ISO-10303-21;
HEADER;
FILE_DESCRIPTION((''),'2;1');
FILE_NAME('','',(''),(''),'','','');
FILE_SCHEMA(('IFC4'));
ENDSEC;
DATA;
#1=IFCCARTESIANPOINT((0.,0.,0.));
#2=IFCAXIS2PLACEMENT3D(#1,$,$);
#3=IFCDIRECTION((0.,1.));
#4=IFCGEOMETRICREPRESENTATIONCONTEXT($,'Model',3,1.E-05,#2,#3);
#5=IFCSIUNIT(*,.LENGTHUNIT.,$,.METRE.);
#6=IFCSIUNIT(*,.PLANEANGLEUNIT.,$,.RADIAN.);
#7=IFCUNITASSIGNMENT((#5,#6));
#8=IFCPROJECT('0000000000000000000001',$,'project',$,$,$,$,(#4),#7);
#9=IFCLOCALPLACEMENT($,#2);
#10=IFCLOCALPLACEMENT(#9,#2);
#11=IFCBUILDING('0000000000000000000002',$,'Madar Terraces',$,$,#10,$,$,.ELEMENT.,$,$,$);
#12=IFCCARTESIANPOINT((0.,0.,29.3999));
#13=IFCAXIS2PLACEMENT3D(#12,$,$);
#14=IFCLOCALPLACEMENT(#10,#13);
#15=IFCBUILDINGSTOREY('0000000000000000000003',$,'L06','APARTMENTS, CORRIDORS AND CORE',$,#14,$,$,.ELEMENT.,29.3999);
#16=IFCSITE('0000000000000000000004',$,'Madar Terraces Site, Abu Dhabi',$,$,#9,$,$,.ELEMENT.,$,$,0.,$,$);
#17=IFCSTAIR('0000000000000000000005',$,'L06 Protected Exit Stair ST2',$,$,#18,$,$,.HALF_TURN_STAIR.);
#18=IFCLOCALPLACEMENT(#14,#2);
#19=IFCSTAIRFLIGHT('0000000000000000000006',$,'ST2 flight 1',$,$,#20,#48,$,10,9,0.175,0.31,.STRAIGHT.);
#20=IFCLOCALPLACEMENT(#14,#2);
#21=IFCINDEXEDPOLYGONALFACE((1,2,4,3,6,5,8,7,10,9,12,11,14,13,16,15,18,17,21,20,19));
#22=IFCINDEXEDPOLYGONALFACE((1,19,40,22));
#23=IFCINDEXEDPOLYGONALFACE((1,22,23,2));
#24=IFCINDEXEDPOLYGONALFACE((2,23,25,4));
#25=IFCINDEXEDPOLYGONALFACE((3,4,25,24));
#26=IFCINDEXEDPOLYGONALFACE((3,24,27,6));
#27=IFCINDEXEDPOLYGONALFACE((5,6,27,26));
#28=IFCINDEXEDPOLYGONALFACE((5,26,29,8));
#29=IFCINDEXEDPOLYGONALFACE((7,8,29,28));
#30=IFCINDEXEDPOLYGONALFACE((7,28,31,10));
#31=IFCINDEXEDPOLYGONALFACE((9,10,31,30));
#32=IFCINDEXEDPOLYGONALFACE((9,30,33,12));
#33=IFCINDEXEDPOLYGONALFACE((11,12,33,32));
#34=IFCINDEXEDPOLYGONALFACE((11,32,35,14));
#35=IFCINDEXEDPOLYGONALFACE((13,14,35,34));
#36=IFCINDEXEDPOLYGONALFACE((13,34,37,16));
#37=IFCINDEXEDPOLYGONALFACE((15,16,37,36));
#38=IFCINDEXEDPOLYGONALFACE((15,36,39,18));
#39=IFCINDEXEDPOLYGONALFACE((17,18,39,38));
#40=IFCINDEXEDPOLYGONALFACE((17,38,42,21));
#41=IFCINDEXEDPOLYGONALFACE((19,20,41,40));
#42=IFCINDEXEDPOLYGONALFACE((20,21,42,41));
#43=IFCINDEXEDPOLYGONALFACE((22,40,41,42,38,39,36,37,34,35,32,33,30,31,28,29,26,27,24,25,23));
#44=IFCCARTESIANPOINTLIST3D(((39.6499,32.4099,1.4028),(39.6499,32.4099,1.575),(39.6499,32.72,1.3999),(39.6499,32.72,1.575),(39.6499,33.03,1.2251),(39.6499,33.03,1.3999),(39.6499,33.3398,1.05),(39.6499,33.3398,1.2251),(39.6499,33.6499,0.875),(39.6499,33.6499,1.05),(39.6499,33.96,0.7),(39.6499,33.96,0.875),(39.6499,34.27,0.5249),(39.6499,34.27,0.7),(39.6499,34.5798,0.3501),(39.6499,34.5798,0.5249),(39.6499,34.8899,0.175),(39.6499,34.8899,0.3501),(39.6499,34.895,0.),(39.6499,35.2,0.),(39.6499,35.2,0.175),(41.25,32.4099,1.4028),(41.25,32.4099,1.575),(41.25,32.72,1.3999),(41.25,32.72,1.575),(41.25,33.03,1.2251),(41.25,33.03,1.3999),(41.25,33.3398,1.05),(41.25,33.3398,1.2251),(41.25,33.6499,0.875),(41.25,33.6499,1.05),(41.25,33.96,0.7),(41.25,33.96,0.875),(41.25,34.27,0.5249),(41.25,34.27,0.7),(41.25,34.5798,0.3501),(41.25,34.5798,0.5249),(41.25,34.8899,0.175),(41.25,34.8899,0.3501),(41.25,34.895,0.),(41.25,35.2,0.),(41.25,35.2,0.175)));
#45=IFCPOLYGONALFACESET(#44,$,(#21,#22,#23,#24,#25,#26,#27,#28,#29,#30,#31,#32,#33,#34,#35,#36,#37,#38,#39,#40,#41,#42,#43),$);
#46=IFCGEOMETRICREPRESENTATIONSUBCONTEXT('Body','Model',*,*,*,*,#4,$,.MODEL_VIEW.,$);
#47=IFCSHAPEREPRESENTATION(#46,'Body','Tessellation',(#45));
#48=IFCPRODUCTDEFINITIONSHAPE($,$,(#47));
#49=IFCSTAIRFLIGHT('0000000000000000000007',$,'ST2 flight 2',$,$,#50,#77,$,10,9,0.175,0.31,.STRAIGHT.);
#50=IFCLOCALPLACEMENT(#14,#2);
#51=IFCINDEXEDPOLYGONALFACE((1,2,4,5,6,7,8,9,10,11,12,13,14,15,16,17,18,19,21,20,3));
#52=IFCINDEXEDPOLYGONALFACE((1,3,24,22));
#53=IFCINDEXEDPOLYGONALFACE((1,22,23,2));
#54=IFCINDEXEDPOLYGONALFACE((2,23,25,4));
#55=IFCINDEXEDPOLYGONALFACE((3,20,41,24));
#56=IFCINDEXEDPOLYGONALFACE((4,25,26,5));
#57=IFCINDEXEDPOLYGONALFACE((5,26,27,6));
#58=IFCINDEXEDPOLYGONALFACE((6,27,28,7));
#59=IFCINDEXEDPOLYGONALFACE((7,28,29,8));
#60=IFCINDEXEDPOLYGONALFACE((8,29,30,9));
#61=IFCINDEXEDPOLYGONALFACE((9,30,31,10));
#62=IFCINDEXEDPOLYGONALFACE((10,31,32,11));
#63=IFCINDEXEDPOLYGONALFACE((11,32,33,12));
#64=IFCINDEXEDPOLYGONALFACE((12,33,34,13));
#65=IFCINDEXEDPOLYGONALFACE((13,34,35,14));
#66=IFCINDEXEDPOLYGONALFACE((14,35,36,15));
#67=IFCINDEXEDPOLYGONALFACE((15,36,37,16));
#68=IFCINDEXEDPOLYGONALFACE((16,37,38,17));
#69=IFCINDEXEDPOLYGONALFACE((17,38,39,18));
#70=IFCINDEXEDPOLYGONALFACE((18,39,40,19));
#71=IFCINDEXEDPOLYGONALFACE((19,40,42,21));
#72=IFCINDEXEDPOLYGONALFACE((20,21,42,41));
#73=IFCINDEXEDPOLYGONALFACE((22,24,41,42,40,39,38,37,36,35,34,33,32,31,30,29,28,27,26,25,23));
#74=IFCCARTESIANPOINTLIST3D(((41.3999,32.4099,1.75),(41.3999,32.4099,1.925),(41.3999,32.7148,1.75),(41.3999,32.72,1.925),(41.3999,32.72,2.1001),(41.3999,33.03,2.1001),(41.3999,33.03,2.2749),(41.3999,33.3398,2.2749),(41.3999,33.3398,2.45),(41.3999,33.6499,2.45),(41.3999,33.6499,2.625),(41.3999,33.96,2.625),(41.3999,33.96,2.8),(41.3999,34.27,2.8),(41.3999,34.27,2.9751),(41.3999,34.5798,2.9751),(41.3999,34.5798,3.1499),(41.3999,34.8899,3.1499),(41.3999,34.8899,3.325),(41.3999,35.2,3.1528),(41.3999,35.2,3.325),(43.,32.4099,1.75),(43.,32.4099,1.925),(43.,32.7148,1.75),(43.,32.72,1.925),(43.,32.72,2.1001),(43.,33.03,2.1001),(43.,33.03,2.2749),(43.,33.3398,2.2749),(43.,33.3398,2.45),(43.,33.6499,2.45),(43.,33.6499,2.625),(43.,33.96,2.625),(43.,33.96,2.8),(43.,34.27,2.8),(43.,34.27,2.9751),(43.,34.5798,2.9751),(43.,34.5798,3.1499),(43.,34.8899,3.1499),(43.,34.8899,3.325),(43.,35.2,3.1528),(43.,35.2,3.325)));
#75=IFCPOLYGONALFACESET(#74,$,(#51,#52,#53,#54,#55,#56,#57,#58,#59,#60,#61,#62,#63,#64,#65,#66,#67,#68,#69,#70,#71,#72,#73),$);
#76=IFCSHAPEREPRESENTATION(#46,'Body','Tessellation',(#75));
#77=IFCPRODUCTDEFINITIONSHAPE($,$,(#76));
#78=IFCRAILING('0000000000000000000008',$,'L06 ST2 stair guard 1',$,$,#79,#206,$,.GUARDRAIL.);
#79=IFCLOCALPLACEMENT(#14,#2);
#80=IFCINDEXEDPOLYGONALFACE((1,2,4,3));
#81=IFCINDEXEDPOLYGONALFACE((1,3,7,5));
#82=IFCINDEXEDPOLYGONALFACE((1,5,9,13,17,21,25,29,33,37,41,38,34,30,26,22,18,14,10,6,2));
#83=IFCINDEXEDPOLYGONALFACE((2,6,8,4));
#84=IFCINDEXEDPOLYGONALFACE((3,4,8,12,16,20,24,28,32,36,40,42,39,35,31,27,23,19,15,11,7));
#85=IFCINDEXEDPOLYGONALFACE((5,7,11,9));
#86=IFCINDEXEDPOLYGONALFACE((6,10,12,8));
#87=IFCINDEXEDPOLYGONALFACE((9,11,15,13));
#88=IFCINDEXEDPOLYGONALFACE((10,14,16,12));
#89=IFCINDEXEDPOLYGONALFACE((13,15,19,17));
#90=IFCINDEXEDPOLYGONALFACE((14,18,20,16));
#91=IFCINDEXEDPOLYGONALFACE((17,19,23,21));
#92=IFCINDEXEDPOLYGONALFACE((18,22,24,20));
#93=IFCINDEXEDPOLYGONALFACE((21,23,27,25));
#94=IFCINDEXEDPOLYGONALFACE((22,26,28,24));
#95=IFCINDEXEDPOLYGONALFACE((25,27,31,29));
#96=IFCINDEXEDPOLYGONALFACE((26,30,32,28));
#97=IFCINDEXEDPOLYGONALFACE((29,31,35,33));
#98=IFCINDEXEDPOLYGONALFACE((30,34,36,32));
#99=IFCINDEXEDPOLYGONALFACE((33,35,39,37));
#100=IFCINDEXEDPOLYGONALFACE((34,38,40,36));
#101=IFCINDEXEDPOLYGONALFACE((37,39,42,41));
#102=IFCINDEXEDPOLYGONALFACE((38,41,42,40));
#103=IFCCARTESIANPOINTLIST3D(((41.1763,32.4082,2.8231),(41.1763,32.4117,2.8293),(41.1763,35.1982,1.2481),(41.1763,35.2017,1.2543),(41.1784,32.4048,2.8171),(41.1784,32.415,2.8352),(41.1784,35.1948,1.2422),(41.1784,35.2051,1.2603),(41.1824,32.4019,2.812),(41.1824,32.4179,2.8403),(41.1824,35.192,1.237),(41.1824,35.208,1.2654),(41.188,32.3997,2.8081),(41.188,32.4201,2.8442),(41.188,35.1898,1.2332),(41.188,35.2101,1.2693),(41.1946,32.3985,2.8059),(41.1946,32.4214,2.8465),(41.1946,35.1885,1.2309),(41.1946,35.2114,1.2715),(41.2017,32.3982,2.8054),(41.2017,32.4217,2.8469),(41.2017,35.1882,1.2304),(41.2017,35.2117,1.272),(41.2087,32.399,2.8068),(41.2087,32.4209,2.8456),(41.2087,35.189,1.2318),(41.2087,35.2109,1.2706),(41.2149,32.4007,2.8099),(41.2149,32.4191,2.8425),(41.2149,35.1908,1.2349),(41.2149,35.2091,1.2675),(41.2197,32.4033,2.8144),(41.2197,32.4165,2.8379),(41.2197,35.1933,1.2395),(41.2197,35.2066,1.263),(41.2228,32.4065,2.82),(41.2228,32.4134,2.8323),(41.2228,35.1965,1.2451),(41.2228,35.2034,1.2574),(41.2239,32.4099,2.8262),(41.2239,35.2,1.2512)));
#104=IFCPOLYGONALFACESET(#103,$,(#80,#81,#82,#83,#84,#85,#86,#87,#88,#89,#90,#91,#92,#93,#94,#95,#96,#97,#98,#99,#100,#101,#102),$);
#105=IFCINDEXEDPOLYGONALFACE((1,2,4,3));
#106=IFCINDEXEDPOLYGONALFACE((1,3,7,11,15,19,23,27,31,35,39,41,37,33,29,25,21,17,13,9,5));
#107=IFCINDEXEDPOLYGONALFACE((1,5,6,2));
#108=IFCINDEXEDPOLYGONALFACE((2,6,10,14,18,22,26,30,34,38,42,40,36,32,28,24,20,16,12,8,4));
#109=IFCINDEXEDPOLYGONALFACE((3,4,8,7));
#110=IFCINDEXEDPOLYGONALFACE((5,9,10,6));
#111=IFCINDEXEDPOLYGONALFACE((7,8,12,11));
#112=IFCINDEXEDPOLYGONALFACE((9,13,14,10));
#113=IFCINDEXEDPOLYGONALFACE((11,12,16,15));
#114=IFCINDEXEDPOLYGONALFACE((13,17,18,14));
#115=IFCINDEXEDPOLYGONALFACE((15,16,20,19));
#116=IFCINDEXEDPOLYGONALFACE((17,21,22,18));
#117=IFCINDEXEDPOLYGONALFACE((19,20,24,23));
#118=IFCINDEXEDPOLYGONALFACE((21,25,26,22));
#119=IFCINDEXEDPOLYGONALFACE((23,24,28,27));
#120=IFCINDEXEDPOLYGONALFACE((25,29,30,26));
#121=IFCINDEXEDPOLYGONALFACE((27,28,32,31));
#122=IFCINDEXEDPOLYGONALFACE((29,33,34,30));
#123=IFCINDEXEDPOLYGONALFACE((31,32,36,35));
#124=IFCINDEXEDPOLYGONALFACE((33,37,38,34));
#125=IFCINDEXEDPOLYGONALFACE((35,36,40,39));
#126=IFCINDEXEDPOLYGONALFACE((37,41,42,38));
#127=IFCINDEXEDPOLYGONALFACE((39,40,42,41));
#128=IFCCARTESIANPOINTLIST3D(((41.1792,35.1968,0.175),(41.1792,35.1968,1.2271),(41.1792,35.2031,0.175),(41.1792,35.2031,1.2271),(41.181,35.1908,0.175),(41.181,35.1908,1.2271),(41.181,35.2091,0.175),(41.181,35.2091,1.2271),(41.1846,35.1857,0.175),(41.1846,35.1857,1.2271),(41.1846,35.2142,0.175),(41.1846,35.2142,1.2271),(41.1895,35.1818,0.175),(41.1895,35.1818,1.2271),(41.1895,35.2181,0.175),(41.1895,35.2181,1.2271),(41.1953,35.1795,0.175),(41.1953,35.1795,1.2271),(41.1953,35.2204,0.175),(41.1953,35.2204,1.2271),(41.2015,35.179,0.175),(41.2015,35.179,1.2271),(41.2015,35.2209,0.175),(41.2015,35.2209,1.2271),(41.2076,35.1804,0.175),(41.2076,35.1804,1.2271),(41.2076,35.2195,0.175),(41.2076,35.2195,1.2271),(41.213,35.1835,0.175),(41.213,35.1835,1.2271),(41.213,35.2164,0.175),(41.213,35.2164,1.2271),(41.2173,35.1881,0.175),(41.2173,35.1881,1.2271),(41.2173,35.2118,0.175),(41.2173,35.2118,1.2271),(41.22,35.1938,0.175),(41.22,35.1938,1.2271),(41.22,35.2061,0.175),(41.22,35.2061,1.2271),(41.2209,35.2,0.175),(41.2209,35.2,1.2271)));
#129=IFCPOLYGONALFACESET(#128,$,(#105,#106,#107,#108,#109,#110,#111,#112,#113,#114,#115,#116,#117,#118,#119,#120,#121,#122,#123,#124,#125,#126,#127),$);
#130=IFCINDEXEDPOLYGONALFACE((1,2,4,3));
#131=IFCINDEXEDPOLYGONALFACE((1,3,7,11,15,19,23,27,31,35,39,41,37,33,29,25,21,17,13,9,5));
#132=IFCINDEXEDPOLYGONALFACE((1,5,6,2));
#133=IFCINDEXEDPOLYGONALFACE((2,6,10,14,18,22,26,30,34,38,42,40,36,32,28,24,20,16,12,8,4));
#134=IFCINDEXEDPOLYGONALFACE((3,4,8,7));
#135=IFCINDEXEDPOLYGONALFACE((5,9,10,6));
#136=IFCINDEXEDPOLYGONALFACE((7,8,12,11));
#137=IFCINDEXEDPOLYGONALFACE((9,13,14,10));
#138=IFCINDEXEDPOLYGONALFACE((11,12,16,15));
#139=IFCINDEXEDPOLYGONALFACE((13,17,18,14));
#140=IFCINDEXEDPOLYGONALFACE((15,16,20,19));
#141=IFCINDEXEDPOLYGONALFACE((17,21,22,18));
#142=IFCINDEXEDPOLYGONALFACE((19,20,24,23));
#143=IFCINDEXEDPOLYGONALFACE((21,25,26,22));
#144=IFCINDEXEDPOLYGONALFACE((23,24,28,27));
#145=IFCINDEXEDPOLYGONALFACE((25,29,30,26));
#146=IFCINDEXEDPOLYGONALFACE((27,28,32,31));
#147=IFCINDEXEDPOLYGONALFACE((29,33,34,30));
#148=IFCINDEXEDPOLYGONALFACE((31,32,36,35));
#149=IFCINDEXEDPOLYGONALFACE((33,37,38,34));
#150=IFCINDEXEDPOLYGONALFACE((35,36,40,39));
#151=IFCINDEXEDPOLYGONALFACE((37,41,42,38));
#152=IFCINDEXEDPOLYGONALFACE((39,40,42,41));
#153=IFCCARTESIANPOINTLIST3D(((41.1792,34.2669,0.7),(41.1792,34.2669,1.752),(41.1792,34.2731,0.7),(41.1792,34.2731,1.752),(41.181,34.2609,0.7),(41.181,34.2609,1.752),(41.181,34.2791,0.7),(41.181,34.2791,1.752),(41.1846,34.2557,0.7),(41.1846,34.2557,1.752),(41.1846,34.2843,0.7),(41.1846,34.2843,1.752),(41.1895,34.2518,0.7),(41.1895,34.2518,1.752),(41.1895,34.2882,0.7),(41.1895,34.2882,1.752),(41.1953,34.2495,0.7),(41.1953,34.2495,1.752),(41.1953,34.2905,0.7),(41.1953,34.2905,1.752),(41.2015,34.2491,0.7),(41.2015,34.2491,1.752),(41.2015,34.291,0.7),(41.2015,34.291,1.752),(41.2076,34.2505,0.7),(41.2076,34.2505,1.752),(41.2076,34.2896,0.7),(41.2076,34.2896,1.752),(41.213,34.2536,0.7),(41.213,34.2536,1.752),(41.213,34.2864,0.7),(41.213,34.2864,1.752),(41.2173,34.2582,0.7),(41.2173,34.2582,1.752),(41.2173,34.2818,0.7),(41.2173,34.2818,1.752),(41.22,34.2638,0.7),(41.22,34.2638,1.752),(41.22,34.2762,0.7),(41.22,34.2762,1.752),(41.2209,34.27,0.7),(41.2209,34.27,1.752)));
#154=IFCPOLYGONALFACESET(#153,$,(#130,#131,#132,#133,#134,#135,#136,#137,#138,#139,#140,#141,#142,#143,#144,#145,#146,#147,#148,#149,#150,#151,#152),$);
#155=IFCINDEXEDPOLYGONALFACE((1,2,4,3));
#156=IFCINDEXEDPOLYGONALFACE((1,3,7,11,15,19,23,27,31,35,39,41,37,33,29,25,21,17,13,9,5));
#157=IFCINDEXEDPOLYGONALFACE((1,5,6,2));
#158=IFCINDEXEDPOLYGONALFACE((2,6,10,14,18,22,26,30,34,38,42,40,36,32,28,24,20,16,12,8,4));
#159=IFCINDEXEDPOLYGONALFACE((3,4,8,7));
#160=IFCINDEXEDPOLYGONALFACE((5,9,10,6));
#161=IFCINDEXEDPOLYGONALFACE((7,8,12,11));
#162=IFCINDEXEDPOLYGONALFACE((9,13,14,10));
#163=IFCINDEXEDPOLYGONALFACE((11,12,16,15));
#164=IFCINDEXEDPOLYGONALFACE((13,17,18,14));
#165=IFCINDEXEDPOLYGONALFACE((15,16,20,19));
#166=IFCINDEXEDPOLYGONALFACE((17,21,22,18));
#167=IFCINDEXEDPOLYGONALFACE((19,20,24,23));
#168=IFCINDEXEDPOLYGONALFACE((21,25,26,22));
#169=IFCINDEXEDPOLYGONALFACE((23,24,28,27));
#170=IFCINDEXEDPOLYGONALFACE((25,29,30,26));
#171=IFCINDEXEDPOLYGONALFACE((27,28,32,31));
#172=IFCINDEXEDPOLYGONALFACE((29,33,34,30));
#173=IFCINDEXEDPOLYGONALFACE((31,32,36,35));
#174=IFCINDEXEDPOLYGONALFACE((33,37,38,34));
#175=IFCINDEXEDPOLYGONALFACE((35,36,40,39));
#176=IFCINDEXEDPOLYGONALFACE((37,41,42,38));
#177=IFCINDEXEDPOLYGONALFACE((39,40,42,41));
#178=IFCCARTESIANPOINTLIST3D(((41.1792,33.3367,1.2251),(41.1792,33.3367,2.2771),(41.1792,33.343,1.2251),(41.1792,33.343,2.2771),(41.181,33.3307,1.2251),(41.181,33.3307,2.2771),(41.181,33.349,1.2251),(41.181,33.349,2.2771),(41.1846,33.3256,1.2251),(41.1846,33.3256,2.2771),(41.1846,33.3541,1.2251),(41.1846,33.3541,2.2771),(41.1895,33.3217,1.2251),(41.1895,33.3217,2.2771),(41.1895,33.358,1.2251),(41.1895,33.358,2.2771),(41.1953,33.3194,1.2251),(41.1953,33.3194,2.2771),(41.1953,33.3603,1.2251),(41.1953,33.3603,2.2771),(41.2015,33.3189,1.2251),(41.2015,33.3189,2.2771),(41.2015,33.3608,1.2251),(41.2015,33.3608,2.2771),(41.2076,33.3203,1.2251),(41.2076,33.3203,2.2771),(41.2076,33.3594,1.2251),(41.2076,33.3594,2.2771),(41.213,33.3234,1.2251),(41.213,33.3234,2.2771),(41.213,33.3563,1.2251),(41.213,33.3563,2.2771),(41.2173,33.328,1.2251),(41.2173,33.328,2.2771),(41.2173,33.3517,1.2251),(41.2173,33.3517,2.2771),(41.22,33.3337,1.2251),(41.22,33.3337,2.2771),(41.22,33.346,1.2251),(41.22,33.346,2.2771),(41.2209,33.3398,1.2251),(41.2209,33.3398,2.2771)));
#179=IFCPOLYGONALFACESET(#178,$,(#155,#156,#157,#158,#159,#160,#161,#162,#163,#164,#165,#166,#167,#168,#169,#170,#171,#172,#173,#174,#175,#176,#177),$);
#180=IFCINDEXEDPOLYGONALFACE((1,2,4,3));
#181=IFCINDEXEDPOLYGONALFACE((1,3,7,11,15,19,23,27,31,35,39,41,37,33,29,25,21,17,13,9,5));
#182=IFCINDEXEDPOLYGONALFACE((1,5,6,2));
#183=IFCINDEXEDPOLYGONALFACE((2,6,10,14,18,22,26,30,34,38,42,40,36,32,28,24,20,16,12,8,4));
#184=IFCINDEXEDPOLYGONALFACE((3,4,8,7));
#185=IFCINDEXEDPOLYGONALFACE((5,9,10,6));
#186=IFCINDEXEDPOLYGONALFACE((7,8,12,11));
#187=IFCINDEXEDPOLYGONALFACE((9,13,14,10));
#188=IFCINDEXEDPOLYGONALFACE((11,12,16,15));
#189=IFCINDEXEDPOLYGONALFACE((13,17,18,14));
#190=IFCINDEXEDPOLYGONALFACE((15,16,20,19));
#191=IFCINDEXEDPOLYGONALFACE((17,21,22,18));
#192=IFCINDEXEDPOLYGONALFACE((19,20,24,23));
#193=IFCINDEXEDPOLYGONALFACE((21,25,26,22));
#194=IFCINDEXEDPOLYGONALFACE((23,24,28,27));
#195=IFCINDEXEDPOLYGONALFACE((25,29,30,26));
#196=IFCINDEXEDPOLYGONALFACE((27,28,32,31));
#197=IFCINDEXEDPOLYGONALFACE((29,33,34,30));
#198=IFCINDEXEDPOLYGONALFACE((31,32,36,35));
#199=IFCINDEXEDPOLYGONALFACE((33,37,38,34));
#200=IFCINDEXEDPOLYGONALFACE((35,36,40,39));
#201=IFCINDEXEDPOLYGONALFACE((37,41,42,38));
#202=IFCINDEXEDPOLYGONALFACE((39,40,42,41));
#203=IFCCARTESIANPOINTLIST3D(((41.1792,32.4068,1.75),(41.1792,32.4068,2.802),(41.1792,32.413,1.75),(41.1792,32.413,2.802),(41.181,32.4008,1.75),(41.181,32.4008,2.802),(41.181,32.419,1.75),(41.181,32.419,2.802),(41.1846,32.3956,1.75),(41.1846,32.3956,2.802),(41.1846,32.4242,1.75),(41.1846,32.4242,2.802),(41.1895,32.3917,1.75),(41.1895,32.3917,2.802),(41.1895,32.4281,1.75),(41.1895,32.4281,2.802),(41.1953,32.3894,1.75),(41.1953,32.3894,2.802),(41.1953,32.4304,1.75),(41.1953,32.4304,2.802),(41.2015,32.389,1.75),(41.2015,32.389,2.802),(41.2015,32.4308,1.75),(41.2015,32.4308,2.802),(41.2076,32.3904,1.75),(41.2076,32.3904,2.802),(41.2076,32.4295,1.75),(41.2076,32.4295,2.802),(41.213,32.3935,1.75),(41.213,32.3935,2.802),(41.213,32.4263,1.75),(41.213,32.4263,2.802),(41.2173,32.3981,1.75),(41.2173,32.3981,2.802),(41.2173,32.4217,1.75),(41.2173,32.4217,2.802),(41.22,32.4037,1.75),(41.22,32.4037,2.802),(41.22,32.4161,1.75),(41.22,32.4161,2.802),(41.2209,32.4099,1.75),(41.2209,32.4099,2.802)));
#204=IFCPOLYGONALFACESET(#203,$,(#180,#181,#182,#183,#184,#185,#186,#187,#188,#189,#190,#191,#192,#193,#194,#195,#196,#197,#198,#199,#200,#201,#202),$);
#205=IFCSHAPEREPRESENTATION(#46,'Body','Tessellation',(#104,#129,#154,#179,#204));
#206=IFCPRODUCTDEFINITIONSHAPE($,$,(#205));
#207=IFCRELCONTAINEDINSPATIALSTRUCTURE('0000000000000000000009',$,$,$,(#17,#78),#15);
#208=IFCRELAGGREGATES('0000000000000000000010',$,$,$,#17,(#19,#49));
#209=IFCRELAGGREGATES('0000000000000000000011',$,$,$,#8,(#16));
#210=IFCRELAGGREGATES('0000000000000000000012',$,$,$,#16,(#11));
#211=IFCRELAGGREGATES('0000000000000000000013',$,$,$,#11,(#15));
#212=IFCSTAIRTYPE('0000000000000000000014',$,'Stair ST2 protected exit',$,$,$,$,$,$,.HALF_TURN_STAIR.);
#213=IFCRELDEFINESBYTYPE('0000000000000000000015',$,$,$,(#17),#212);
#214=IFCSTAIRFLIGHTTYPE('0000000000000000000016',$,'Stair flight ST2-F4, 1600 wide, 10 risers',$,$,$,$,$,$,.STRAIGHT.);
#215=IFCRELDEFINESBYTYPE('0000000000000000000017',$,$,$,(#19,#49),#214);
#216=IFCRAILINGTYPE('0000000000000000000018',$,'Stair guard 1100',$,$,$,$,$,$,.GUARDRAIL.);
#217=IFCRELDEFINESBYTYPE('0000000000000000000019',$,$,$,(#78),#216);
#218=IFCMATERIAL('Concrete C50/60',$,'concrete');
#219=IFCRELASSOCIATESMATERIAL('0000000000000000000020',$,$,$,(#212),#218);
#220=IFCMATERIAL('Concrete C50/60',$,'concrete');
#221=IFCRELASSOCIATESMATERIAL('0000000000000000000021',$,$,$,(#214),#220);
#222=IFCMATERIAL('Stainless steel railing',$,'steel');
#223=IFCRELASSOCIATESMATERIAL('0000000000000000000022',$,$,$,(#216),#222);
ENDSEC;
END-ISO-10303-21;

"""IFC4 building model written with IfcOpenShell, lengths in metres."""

from ifc_helpers import new_model, si_unit, direction, frame, origin, origin_2d, place, context, subcontext, project, spatial, polyline, circle, outline, extrude, material, type_object, element, aggregate, save


model = new_model("IFC4")

# Units and contexts
model_context = context("Model", 3, precision=1e-05, world=origin(), true_north=direction((0.0, 1.0)))
body_context = subcontext(model_context, "Body", "Model", "MODEL_VIEW")
ifc_project = project(units=[si_unit("LENGTHUNIT", "METRE"), si_unit("PLANEANGLEUNIT", "RADIAN")], contexts=[model_context])

# Site, building, storey
site_placement = place(None, origin())
site = spatial("IfcSite", under=ifc_project, at=site_placement, Name="Madar Terraces Site, Abu Dhabi", CompositionType="ELEMENT", RefElevation=0.0)
building_placement = place(site_placement, origin())
building = spatial("IfcBuilding", under=site, at=building_placement, Name="Madar Terraces", CompositionType="ELEMENT")
storey_placement = place(building_placement, frame((0.0, 0.0, 29.3999)))
storey = spatial("IfcBuildingStorey", under=building, at=storey_placement, Name="L06", Description="APARTMENTS, CORRIDORS AND CORE", CompositionType="ELEMENT", Elevation=29.3999)

# Stair, stair flights
ifc_material_1 = material(Name="Concrete C50/60", Category="concrete")
stair_type = type_object("IfcStairType", Name="Stair ST2 protected exit", PredefinedType="HALF_TURN_STAIR", material=ifc_material_1)
stair_placement = place(storey_placement, origin())
stair = element("IfcStair", 1, at=stair_placement, inside=storey, type_object=stair_type, Name="L06 Protected Exit Stair ST2", PredefinedType="HALF_TURN_STAIR")
ifc_material_2 = material(Name="Concrete C50/60", Category="concrete")
stair_flight_type = type_object("IfcStairFlightType", Name="Stair flight ST2-F4, 1600 wide, 10 risers", PredefinedType="STRAIGHT", material=ifc_material_2)
stair_flight_1_placement = place(storey_placement, frame((40.45, 35.2, 0.0), z_axis=(0.0, 0.0, 1.0), x_axis=(0.0, -1.0, 0.0)))
stair_flight_1 = element("IfcStairFlight", 2, at=stair_flight_1_placement, type_object=stair_flight_type, Name="ST2 flight 1", NumberOfRisers=10, NumberOfTreads=9, PredefinedType="STRAIGHT", RiserHeight=0.175, TreadLength=0.31, context=body_context, shape_type="SweptSolid", body=[
    extrude(outline(polyline([(0.0, 0.0), (0.0, 0.175), (0.3101, 0.175), (0.3101, 0.3501), (0.6201, 0.3501), (0.6201, 0.5249), (0.9299, 0.5249), (0.9299, 0.7), (1.24, 0.7), (1.24, 0.875), (1.55, 0.875), (1.55, 1.05), (1.8601, 1.05), (1.8601, 1.2251), (2.1699, 1.2251), (2.1699, 1.3999), (2.48, 1.3999), (2.48, 1.575), (2.79, 1.575), (2.79, 1.75), (2.79, 1.4028), (0.3049, 0.0), (0.0, 0.0)])), frame((0.0, 0.8, 0.0), z_axis=(0.0, -1.0, 0.0), x_axis=(1.0, 0.0, 0.0)), (0.0, 0.0, 1.0), 1.6001),
])
stair_flight_2_placement = place(storey_placement, frame((42.2, 32.4099, 1.75), z_axis=(0.0, 0.0, 1.0), x_axis=(0.0, 1.0, 0.0)))
stair_flight_2 = element("IfcStairFlight", 3, at=stair_flight_2_placement, type_object=stair_flight_type, Name="ST2 flight 2", NumberOfRisers=10, NumberOfTreads=9, PredefinedType="STRAIGHT", RiserHeight=0.175, TreadLength=0.31, context=body_context, shape_type="SweptSolid", body=[
    extrude(outline(polyline([(0.0, 0.0), (0.0, 0.175), (0.3101, 0.175), (0.3101, 0.3501), (0.6201, 0.3501), (0.6201, 0.5249), (0.9299, 0.5249), (0.9299, 0.7), (1.24, 0.7), (1.24, 0.875), (1.55, 0.875), (1.55, 1.05), (1.8601, 1.05), (1.8601, 1.2251), (2.1699, 1.2251), (2.1699, 1.3999), (2.48, 1.3999), (2.48, 1.575), (2.79, 1.575), (2.79, 1.75), (2.79, 1.4028), (0.3049, 0.0), (0.0, 0.0)])), frame((0.0, 0.8, 0.0), z_axis=(0.0, -1.0, 0.0), x_axis=(1.0, 0.0, 0.0)), (0.0, 0.0, 1.0), 1.6001),
])
aggregate(stair, [stair_flight_1, stair_flight_2])

# Railing
ifc_material_3 = material(Name="Stainless steel railing", Category="steel")
railing_type_1 = type_object("IfcRailingType", Name="Stair guard 1100", PredefinedType="GUARDRAIL", material=ifc_material_3)
railing_1_placement = place(storey_placement, frame((41.2, 35.2, 0.175)))
element("IfcRailing", 4, at=railing_1_placement, inside=storey, type_object=railing_type_1, Name="L06 ST2 stair guard 1", PredefinedType="GUARDRAIL", context=body_context, shape_type="SweptSolid", body=[
    extrude(circle(Radius=0.0239, at=origin_2d()), frame((0.0, 0.0, 1.0762), z_axis=(0.0, -0.870834, 0.491578), x_axis=(1.0, 0.0, 0.0)), (0.0, 0.0, 1.0), 3.2039),
    extrude(circle(Radius=0.021, at=origin_2d()), origin(), (0.0, 0.0, 1.0), 1.052),
    extrude(circle(Radius=0.021, at=origin_2d()), frame((0.0, -0.9299, 0.5249)), (0.0, 0.0, 1.0), 1.052),
    extrude(circle(Radius=0.021, at=origin_2d()), frame((0.0, -1.8601, 1.05)), (0.0, 0.0, 1.0), 1.052),
    extrude(circle(Radius=0.021, at=origin_2d()), frame((0.0, -2.79, 1.575)), (0.0, 0.0, 1.0), 1.052),
])

save(model, "model.ifc")
